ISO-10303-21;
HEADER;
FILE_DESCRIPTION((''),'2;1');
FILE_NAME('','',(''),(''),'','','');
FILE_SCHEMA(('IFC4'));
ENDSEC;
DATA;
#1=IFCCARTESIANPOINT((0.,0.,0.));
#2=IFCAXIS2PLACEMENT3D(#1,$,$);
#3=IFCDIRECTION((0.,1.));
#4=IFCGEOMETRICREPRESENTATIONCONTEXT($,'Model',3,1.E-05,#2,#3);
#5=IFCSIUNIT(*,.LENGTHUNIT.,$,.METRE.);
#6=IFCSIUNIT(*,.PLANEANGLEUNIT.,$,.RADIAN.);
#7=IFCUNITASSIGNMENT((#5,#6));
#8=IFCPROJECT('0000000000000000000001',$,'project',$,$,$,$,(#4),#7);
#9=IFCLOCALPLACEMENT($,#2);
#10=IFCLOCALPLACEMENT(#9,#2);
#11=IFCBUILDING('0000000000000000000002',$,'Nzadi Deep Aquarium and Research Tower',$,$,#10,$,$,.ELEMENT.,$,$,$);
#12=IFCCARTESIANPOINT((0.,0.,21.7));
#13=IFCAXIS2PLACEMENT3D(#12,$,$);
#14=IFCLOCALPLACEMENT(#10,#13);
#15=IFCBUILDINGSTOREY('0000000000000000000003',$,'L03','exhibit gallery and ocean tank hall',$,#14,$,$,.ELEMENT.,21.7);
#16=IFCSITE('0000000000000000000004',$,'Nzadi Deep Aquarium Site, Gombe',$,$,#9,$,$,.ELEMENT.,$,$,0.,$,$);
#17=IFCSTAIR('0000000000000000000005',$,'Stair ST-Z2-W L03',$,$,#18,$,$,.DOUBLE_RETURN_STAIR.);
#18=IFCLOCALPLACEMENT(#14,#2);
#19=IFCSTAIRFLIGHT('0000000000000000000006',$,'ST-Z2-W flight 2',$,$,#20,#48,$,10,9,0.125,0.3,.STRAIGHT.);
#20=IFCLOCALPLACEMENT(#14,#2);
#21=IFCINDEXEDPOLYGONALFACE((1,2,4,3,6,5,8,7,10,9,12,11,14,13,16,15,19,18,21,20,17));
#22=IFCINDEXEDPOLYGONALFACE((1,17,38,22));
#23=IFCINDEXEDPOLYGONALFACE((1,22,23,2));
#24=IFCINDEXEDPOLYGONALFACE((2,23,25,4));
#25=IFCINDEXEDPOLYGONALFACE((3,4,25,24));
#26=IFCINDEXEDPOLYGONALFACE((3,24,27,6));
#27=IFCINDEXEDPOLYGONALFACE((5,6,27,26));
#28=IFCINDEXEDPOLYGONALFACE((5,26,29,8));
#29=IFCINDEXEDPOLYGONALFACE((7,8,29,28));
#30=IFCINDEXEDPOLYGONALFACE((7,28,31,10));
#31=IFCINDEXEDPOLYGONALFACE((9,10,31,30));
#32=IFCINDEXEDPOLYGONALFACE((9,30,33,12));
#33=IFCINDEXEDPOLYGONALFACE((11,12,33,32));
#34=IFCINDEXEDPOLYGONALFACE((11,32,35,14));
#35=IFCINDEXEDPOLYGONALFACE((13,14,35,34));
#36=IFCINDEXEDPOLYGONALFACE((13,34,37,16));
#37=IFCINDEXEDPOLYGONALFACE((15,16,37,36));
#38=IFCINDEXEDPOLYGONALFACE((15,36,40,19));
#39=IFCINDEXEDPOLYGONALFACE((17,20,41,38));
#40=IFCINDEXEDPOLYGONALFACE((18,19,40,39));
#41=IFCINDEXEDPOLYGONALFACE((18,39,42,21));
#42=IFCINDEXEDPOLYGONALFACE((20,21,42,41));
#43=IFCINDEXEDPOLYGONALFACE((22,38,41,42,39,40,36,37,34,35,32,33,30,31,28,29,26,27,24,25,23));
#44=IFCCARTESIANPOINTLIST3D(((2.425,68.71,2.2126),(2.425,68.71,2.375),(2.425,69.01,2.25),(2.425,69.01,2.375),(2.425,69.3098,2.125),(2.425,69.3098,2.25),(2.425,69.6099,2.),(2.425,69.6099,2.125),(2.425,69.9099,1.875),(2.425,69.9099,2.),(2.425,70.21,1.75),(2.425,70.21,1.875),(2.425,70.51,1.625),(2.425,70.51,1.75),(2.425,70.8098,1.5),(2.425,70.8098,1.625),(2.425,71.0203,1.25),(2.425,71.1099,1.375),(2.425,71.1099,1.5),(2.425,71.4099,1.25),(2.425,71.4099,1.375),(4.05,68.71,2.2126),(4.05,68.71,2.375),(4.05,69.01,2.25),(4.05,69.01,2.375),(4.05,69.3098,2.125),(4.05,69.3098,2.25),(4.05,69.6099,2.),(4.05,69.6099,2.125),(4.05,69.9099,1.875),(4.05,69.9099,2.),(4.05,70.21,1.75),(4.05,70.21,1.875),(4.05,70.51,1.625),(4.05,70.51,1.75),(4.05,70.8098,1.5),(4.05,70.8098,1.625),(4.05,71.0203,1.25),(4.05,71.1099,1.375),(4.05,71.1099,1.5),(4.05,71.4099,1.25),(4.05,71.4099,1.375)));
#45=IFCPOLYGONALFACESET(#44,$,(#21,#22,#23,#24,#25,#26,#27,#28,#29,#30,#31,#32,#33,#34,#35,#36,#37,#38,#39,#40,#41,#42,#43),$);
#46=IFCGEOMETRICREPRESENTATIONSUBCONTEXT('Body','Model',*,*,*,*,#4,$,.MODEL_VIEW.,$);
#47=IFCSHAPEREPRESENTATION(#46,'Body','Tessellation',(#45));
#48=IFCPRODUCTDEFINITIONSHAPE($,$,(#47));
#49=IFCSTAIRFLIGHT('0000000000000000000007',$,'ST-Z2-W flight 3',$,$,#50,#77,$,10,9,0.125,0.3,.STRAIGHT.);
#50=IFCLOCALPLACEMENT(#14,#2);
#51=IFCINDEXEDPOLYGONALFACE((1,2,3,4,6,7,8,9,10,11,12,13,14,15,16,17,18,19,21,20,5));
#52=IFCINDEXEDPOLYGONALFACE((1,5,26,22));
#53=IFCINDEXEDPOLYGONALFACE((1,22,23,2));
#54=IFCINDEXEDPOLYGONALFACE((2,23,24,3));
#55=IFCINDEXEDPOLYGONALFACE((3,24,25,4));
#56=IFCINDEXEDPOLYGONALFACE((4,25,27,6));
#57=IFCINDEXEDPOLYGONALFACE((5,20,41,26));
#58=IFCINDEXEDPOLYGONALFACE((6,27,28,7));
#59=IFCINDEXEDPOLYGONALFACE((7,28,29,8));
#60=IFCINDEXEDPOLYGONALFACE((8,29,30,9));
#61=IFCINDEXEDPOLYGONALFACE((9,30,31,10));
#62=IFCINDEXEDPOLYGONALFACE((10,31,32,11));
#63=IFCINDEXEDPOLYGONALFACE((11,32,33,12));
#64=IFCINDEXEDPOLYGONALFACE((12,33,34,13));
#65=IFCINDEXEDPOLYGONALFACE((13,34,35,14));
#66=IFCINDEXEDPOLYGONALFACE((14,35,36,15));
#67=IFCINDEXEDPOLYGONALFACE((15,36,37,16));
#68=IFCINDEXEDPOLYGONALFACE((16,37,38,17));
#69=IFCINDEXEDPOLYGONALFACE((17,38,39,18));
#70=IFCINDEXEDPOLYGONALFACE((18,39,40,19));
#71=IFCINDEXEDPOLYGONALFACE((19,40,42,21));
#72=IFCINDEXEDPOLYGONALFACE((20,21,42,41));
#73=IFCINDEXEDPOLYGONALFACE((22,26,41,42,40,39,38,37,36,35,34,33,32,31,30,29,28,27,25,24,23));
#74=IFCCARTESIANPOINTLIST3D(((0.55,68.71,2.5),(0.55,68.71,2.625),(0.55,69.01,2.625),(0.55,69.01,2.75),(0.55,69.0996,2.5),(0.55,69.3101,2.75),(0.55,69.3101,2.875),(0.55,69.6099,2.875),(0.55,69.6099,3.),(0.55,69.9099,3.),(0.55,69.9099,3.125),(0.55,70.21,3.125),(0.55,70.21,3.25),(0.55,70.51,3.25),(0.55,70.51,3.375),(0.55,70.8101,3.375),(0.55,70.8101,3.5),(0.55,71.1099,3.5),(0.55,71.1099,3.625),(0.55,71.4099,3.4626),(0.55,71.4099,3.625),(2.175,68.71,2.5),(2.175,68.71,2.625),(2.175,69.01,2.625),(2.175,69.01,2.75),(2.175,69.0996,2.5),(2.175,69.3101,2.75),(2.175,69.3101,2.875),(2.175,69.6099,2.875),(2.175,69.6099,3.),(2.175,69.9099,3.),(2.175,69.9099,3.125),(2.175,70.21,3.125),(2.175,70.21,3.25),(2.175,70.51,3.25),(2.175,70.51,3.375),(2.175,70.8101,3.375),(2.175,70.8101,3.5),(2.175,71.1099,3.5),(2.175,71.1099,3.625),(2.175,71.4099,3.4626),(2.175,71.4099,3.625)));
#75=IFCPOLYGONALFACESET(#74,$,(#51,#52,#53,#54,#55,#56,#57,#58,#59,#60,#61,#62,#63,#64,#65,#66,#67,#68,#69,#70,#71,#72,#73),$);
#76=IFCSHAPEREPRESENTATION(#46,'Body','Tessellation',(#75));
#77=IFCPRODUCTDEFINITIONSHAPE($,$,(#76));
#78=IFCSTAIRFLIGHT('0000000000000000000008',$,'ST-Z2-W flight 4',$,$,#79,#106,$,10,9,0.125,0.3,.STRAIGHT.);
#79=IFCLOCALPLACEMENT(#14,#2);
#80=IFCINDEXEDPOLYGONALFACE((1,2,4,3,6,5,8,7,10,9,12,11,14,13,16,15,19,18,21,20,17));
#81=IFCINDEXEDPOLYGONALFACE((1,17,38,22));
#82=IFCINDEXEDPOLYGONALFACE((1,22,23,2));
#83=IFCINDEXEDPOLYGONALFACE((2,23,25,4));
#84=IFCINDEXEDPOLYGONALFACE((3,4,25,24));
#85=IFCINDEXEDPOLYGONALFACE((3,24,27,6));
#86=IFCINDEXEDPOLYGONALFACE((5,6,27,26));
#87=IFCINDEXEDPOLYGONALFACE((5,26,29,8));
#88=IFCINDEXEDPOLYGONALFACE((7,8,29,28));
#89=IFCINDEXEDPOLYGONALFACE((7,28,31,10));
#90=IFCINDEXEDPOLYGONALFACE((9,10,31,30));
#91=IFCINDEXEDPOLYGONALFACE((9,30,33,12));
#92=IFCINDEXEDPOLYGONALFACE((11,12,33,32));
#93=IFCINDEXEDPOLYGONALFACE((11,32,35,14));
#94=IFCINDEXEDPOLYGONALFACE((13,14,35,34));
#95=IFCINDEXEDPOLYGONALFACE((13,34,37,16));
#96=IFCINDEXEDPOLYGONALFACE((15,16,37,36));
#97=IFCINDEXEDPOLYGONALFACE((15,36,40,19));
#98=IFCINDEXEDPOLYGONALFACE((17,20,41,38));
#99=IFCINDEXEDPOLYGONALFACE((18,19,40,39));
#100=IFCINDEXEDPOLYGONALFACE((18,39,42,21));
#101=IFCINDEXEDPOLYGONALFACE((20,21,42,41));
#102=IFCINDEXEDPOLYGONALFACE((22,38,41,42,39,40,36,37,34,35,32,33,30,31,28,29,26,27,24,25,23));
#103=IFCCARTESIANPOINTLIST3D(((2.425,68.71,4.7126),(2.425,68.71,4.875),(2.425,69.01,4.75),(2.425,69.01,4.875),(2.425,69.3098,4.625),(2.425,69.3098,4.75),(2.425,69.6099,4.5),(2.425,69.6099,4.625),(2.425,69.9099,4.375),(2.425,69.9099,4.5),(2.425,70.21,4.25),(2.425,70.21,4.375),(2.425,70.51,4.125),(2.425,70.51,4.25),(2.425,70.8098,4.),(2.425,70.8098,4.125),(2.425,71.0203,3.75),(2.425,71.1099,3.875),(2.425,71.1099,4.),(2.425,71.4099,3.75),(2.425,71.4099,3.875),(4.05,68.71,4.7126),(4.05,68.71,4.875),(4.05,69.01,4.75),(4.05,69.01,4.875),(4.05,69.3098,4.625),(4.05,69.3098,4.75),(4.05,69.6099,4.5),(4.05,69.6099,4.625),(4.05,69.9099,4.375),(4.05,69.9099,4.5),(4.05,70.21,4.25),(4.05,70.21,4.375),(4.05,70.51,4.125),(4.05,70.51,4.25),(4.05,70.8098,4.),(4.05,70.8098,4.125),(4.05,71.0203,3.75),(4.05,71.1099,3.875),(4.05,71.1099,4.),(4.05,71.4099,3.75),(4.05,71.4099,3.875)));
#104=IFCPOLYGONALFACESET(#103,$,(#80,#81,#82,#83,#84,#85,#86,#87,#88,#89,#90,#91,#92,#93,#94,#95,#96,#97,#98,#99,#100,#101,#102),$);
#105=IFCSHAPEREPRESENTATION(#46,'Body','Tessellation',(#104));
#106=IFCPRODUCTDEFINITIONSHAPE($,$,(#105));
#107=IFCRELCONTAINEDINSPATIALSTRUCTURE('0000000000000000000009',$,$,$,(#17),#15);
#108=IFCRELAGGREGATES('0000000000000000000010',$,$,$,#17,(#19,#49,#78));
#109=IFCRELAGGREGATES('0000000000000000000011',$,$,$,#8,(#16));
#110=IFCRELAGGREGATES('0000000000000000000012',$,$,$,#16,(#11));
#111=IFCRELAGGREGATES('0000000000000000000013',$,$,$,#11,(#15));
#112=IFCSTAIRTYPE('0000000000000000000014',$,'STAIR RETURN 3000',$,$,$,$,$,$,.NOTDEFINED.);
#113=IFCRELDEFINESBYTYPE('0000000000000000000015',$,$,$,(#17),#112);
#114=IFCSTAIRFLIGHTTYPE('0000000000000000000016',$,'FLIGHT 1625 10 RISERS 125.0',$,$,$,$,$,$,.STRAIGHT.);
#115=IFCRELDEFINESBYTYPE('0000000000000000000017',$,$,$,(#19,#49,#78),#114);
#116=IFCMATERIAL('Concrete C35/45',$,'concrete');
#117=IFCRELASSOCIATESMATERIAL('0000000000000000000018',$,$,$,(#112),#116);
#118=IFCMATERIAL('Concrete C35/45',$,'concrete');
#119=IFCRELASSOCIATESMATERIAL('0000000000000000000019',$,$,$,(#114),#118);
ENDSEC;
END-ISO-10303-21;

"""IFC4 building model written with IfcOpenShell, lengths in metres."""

from ifc_helpers import new_model, si_unit, direction, frame, origin, place, context, subcontext, project, spatial, polyline, outline, extrude, material, type_object, element, aggregate, save


model = new_model("IFC4")

# Units and contexts
model_context = context("Model", 3, precision=1e-05, world=origin(), true_north=direction((0.0, 1.0)))
body_context = subcontext(model_context, "Body", "Model", "MODEL_VIEW")
ifc_project = project(units=[si_unit("LENGTHUNIT", "METRE"), si_unit("PLANEANGLEUNIT", "RADIAN")], contexts=[model_context])

# Site, building, storey
site_placement = place(None, origin())
site = spatial("IfcSite", under=ifc_project, at=site_placement, Name="Nzadi Deep Aquarium Site, Gombe", CompositionType="ELEMENT", RefElevation=0.0)
building_placement = place(site_placement, origin())
building = spatial("IfcBuilding", under=site, at=building_placement, Name="Nzadi Deep Aquarium and Research Tower", CompositionType="ELEMENT")
storey_placement = place(building_placement, frame((0.0, 0.0, 21.7)))
storey = spatial("IfcBuildingStorey", under=building, at=storey_placement, Name="L03", Description="exhibit gallery and ocean tank hall", CompositionType="ELEMENT", Elevation=21.7)

# Stair, stair flights
ifc_material_1 = material(Name="Concrete C35/45", Category="concrete")
stair_type = type_object("IfcStairType", Name="STAIR RETURN 3000", PredefinedType="NOTDEFINED", material=ifc_material_1)
stair_placement = place(storey_placement, origin())
stair = element("IfcStair", 1, at=stair_placement, inside=storey, type_object=stair_type, Name="Stair ST-Z2-W L03", PredefinedType="DOUBLE_RETURN_STAIR")
ifc_material_2 = material(Name="Concrete C35/45", Category="concrete")
stair_flight_type = type_object("IfcStairFlightType", Name="FLIGHT 1625 10 RISERS 125.0", PredefinedType="STRAIGHT", material=ifc_material_2)
stair_flight_1_placement = place(storey_placement, frame((3.2375, 71.4099, 1.25), z_axis=(0.0, 0.0, 1.0), x_axis=(0.0, -1.0, 0.0)))
stair_flight_1 = element("IfcStairFlight", 2, at=stair_flight_1_placement, type_object=stair_flight_type, Name="ST-Z2-W flight 2", NumberOfRisers=10, NumberOfTreads=9, PredefinedType="STRAIGHT", RiserHeight=0.125, TreadLength=0.3, context=body_context, shape_type="SweptSolid", body=[
    extrude(outline(polyline([(0.0, 0.0), (0.0, 0.125), (0.3, 0.125), (0.3, 0.25), (0.6001, 0.25), (0.6001, 0.375), (0.8999, 0.375), (0.8999, 0.5), (1.2, 0.5), (1.2, 0.625), (1.5, 0.625), (1.5, 0.75), (1.8, 0.75), (1.8, 0.875), (2.1001, 0.875), (2.1001, 1.0), (2.3999, 1.0), (2.3999, 1.125), (2.7, 1.125), (2.7, 1.25), (2.7, 0.9626), (0.3896, 0.0), (0.0, 0.0)])), frame((0.0, 0.8125, 0.0), z_axis=(0.0, -1.0, 0.0), x_axis=(1.0, 0.0, 0.0)), (0.0, 0.0, 1.0), 1.625),
])
stair_flight_2_placement = place(storey_placement, frame((1.3625, 68.71, 2.5), z_axis=(0.0, 0.0, 1.0), x_axis=(0.0, 1.0, 0.0)))
stair_flight_2 = element("IfcStairFlight", 3, at=stair_flight_2_placement, type_object=stair_flight_type, Name="ST-Z2-W flight 3", NumberOfRisers=10, NumberOfTreads=9, PredefinedType="STRAIGHT", RiserHeight=0.125, TreadLength=0.3, context=body_context, shape_type="SweptSolid", body=[
    extrude(outline(polyline([(0.0, 0.0), (0.0, 0.125), (0.3, 0.125), (0.3, 0.25), (0.6001, 0.25), (0.6001, 0.375), (0.8999, 0.375), (0.8999, 0.5), (1.2, 0.5), (1.2, 0.625), (1.5, 0.625), (1.5, 0.75), (1.8, 0.75), (1.8, 0.875), (2.1001, 0.875), (2.1001, 1.0), (2.3999, 1.0), (2.3999, 1.125), (2.7, 1.125), (2.7, 1.25), (2.7, 0.9626), (0.3896, 0.0), (0.0, 0.0)])), frame((0.0, 0.8125, 0.0), z_axis=(0.0, -1.0, 0.0), x_axis=(1.0, 0.0, 0.0)), (0.0, 0.0, 1.0), 1.625),
])
stair_flight_3_placement = place(storey_placement, frame((3.2375, 71.4099, 3.75), z_axis=(0.0, 0.0, 1.0), x_axis=(0.0, -1.0, 0.0)))
stair_flight_3 = element("IfcStairFlight", 4, at=stair_flight_3_placement, type_object=stair_flight_type, Name="ST-Z2-W flight 4", NumberOfRisers=10, NumberOfTreads=9, PredefinedType="STRAIGHT", RiserHeight=0.125, TreadLength=0.3, context=body_context, shape_type="SweptSolid", body=[
    extrude(outline(polyline([(0.0, 0.0), (0.0, 0.125), (0.3, 0.125), (0.3, 0.25), (0.6001, 0.25), (0.6001, 0.375), (0.8999, 0.375), (0.8999, 0.5), (1.2, 0.5), (1.2, 0.625), (1.5, 0.625), (1.5, 0.75), (1.8, 0.75), (1.8, 0.875), (2.1001, 0.875), (2.1001, 1.0), (2.3999, 1.0), (2.3999, 1.125), (2.7, 1.125), (2.7, 1.25), (2.7, 0.9626), (0.3896, 0.0), (0.0, 0.0)])), frame((0.0, 0.8125, 0.0), z_axis=(0.0, -1.0, 0.0), x_axis=(1.0, 0.0, 0.0)), (0.0, 0.0, 1.0), 1.625),
])
aggregate(stair, [stair_flight_1, stair_flight_2, stair_flight_3])

save(model, "model.ifc")
